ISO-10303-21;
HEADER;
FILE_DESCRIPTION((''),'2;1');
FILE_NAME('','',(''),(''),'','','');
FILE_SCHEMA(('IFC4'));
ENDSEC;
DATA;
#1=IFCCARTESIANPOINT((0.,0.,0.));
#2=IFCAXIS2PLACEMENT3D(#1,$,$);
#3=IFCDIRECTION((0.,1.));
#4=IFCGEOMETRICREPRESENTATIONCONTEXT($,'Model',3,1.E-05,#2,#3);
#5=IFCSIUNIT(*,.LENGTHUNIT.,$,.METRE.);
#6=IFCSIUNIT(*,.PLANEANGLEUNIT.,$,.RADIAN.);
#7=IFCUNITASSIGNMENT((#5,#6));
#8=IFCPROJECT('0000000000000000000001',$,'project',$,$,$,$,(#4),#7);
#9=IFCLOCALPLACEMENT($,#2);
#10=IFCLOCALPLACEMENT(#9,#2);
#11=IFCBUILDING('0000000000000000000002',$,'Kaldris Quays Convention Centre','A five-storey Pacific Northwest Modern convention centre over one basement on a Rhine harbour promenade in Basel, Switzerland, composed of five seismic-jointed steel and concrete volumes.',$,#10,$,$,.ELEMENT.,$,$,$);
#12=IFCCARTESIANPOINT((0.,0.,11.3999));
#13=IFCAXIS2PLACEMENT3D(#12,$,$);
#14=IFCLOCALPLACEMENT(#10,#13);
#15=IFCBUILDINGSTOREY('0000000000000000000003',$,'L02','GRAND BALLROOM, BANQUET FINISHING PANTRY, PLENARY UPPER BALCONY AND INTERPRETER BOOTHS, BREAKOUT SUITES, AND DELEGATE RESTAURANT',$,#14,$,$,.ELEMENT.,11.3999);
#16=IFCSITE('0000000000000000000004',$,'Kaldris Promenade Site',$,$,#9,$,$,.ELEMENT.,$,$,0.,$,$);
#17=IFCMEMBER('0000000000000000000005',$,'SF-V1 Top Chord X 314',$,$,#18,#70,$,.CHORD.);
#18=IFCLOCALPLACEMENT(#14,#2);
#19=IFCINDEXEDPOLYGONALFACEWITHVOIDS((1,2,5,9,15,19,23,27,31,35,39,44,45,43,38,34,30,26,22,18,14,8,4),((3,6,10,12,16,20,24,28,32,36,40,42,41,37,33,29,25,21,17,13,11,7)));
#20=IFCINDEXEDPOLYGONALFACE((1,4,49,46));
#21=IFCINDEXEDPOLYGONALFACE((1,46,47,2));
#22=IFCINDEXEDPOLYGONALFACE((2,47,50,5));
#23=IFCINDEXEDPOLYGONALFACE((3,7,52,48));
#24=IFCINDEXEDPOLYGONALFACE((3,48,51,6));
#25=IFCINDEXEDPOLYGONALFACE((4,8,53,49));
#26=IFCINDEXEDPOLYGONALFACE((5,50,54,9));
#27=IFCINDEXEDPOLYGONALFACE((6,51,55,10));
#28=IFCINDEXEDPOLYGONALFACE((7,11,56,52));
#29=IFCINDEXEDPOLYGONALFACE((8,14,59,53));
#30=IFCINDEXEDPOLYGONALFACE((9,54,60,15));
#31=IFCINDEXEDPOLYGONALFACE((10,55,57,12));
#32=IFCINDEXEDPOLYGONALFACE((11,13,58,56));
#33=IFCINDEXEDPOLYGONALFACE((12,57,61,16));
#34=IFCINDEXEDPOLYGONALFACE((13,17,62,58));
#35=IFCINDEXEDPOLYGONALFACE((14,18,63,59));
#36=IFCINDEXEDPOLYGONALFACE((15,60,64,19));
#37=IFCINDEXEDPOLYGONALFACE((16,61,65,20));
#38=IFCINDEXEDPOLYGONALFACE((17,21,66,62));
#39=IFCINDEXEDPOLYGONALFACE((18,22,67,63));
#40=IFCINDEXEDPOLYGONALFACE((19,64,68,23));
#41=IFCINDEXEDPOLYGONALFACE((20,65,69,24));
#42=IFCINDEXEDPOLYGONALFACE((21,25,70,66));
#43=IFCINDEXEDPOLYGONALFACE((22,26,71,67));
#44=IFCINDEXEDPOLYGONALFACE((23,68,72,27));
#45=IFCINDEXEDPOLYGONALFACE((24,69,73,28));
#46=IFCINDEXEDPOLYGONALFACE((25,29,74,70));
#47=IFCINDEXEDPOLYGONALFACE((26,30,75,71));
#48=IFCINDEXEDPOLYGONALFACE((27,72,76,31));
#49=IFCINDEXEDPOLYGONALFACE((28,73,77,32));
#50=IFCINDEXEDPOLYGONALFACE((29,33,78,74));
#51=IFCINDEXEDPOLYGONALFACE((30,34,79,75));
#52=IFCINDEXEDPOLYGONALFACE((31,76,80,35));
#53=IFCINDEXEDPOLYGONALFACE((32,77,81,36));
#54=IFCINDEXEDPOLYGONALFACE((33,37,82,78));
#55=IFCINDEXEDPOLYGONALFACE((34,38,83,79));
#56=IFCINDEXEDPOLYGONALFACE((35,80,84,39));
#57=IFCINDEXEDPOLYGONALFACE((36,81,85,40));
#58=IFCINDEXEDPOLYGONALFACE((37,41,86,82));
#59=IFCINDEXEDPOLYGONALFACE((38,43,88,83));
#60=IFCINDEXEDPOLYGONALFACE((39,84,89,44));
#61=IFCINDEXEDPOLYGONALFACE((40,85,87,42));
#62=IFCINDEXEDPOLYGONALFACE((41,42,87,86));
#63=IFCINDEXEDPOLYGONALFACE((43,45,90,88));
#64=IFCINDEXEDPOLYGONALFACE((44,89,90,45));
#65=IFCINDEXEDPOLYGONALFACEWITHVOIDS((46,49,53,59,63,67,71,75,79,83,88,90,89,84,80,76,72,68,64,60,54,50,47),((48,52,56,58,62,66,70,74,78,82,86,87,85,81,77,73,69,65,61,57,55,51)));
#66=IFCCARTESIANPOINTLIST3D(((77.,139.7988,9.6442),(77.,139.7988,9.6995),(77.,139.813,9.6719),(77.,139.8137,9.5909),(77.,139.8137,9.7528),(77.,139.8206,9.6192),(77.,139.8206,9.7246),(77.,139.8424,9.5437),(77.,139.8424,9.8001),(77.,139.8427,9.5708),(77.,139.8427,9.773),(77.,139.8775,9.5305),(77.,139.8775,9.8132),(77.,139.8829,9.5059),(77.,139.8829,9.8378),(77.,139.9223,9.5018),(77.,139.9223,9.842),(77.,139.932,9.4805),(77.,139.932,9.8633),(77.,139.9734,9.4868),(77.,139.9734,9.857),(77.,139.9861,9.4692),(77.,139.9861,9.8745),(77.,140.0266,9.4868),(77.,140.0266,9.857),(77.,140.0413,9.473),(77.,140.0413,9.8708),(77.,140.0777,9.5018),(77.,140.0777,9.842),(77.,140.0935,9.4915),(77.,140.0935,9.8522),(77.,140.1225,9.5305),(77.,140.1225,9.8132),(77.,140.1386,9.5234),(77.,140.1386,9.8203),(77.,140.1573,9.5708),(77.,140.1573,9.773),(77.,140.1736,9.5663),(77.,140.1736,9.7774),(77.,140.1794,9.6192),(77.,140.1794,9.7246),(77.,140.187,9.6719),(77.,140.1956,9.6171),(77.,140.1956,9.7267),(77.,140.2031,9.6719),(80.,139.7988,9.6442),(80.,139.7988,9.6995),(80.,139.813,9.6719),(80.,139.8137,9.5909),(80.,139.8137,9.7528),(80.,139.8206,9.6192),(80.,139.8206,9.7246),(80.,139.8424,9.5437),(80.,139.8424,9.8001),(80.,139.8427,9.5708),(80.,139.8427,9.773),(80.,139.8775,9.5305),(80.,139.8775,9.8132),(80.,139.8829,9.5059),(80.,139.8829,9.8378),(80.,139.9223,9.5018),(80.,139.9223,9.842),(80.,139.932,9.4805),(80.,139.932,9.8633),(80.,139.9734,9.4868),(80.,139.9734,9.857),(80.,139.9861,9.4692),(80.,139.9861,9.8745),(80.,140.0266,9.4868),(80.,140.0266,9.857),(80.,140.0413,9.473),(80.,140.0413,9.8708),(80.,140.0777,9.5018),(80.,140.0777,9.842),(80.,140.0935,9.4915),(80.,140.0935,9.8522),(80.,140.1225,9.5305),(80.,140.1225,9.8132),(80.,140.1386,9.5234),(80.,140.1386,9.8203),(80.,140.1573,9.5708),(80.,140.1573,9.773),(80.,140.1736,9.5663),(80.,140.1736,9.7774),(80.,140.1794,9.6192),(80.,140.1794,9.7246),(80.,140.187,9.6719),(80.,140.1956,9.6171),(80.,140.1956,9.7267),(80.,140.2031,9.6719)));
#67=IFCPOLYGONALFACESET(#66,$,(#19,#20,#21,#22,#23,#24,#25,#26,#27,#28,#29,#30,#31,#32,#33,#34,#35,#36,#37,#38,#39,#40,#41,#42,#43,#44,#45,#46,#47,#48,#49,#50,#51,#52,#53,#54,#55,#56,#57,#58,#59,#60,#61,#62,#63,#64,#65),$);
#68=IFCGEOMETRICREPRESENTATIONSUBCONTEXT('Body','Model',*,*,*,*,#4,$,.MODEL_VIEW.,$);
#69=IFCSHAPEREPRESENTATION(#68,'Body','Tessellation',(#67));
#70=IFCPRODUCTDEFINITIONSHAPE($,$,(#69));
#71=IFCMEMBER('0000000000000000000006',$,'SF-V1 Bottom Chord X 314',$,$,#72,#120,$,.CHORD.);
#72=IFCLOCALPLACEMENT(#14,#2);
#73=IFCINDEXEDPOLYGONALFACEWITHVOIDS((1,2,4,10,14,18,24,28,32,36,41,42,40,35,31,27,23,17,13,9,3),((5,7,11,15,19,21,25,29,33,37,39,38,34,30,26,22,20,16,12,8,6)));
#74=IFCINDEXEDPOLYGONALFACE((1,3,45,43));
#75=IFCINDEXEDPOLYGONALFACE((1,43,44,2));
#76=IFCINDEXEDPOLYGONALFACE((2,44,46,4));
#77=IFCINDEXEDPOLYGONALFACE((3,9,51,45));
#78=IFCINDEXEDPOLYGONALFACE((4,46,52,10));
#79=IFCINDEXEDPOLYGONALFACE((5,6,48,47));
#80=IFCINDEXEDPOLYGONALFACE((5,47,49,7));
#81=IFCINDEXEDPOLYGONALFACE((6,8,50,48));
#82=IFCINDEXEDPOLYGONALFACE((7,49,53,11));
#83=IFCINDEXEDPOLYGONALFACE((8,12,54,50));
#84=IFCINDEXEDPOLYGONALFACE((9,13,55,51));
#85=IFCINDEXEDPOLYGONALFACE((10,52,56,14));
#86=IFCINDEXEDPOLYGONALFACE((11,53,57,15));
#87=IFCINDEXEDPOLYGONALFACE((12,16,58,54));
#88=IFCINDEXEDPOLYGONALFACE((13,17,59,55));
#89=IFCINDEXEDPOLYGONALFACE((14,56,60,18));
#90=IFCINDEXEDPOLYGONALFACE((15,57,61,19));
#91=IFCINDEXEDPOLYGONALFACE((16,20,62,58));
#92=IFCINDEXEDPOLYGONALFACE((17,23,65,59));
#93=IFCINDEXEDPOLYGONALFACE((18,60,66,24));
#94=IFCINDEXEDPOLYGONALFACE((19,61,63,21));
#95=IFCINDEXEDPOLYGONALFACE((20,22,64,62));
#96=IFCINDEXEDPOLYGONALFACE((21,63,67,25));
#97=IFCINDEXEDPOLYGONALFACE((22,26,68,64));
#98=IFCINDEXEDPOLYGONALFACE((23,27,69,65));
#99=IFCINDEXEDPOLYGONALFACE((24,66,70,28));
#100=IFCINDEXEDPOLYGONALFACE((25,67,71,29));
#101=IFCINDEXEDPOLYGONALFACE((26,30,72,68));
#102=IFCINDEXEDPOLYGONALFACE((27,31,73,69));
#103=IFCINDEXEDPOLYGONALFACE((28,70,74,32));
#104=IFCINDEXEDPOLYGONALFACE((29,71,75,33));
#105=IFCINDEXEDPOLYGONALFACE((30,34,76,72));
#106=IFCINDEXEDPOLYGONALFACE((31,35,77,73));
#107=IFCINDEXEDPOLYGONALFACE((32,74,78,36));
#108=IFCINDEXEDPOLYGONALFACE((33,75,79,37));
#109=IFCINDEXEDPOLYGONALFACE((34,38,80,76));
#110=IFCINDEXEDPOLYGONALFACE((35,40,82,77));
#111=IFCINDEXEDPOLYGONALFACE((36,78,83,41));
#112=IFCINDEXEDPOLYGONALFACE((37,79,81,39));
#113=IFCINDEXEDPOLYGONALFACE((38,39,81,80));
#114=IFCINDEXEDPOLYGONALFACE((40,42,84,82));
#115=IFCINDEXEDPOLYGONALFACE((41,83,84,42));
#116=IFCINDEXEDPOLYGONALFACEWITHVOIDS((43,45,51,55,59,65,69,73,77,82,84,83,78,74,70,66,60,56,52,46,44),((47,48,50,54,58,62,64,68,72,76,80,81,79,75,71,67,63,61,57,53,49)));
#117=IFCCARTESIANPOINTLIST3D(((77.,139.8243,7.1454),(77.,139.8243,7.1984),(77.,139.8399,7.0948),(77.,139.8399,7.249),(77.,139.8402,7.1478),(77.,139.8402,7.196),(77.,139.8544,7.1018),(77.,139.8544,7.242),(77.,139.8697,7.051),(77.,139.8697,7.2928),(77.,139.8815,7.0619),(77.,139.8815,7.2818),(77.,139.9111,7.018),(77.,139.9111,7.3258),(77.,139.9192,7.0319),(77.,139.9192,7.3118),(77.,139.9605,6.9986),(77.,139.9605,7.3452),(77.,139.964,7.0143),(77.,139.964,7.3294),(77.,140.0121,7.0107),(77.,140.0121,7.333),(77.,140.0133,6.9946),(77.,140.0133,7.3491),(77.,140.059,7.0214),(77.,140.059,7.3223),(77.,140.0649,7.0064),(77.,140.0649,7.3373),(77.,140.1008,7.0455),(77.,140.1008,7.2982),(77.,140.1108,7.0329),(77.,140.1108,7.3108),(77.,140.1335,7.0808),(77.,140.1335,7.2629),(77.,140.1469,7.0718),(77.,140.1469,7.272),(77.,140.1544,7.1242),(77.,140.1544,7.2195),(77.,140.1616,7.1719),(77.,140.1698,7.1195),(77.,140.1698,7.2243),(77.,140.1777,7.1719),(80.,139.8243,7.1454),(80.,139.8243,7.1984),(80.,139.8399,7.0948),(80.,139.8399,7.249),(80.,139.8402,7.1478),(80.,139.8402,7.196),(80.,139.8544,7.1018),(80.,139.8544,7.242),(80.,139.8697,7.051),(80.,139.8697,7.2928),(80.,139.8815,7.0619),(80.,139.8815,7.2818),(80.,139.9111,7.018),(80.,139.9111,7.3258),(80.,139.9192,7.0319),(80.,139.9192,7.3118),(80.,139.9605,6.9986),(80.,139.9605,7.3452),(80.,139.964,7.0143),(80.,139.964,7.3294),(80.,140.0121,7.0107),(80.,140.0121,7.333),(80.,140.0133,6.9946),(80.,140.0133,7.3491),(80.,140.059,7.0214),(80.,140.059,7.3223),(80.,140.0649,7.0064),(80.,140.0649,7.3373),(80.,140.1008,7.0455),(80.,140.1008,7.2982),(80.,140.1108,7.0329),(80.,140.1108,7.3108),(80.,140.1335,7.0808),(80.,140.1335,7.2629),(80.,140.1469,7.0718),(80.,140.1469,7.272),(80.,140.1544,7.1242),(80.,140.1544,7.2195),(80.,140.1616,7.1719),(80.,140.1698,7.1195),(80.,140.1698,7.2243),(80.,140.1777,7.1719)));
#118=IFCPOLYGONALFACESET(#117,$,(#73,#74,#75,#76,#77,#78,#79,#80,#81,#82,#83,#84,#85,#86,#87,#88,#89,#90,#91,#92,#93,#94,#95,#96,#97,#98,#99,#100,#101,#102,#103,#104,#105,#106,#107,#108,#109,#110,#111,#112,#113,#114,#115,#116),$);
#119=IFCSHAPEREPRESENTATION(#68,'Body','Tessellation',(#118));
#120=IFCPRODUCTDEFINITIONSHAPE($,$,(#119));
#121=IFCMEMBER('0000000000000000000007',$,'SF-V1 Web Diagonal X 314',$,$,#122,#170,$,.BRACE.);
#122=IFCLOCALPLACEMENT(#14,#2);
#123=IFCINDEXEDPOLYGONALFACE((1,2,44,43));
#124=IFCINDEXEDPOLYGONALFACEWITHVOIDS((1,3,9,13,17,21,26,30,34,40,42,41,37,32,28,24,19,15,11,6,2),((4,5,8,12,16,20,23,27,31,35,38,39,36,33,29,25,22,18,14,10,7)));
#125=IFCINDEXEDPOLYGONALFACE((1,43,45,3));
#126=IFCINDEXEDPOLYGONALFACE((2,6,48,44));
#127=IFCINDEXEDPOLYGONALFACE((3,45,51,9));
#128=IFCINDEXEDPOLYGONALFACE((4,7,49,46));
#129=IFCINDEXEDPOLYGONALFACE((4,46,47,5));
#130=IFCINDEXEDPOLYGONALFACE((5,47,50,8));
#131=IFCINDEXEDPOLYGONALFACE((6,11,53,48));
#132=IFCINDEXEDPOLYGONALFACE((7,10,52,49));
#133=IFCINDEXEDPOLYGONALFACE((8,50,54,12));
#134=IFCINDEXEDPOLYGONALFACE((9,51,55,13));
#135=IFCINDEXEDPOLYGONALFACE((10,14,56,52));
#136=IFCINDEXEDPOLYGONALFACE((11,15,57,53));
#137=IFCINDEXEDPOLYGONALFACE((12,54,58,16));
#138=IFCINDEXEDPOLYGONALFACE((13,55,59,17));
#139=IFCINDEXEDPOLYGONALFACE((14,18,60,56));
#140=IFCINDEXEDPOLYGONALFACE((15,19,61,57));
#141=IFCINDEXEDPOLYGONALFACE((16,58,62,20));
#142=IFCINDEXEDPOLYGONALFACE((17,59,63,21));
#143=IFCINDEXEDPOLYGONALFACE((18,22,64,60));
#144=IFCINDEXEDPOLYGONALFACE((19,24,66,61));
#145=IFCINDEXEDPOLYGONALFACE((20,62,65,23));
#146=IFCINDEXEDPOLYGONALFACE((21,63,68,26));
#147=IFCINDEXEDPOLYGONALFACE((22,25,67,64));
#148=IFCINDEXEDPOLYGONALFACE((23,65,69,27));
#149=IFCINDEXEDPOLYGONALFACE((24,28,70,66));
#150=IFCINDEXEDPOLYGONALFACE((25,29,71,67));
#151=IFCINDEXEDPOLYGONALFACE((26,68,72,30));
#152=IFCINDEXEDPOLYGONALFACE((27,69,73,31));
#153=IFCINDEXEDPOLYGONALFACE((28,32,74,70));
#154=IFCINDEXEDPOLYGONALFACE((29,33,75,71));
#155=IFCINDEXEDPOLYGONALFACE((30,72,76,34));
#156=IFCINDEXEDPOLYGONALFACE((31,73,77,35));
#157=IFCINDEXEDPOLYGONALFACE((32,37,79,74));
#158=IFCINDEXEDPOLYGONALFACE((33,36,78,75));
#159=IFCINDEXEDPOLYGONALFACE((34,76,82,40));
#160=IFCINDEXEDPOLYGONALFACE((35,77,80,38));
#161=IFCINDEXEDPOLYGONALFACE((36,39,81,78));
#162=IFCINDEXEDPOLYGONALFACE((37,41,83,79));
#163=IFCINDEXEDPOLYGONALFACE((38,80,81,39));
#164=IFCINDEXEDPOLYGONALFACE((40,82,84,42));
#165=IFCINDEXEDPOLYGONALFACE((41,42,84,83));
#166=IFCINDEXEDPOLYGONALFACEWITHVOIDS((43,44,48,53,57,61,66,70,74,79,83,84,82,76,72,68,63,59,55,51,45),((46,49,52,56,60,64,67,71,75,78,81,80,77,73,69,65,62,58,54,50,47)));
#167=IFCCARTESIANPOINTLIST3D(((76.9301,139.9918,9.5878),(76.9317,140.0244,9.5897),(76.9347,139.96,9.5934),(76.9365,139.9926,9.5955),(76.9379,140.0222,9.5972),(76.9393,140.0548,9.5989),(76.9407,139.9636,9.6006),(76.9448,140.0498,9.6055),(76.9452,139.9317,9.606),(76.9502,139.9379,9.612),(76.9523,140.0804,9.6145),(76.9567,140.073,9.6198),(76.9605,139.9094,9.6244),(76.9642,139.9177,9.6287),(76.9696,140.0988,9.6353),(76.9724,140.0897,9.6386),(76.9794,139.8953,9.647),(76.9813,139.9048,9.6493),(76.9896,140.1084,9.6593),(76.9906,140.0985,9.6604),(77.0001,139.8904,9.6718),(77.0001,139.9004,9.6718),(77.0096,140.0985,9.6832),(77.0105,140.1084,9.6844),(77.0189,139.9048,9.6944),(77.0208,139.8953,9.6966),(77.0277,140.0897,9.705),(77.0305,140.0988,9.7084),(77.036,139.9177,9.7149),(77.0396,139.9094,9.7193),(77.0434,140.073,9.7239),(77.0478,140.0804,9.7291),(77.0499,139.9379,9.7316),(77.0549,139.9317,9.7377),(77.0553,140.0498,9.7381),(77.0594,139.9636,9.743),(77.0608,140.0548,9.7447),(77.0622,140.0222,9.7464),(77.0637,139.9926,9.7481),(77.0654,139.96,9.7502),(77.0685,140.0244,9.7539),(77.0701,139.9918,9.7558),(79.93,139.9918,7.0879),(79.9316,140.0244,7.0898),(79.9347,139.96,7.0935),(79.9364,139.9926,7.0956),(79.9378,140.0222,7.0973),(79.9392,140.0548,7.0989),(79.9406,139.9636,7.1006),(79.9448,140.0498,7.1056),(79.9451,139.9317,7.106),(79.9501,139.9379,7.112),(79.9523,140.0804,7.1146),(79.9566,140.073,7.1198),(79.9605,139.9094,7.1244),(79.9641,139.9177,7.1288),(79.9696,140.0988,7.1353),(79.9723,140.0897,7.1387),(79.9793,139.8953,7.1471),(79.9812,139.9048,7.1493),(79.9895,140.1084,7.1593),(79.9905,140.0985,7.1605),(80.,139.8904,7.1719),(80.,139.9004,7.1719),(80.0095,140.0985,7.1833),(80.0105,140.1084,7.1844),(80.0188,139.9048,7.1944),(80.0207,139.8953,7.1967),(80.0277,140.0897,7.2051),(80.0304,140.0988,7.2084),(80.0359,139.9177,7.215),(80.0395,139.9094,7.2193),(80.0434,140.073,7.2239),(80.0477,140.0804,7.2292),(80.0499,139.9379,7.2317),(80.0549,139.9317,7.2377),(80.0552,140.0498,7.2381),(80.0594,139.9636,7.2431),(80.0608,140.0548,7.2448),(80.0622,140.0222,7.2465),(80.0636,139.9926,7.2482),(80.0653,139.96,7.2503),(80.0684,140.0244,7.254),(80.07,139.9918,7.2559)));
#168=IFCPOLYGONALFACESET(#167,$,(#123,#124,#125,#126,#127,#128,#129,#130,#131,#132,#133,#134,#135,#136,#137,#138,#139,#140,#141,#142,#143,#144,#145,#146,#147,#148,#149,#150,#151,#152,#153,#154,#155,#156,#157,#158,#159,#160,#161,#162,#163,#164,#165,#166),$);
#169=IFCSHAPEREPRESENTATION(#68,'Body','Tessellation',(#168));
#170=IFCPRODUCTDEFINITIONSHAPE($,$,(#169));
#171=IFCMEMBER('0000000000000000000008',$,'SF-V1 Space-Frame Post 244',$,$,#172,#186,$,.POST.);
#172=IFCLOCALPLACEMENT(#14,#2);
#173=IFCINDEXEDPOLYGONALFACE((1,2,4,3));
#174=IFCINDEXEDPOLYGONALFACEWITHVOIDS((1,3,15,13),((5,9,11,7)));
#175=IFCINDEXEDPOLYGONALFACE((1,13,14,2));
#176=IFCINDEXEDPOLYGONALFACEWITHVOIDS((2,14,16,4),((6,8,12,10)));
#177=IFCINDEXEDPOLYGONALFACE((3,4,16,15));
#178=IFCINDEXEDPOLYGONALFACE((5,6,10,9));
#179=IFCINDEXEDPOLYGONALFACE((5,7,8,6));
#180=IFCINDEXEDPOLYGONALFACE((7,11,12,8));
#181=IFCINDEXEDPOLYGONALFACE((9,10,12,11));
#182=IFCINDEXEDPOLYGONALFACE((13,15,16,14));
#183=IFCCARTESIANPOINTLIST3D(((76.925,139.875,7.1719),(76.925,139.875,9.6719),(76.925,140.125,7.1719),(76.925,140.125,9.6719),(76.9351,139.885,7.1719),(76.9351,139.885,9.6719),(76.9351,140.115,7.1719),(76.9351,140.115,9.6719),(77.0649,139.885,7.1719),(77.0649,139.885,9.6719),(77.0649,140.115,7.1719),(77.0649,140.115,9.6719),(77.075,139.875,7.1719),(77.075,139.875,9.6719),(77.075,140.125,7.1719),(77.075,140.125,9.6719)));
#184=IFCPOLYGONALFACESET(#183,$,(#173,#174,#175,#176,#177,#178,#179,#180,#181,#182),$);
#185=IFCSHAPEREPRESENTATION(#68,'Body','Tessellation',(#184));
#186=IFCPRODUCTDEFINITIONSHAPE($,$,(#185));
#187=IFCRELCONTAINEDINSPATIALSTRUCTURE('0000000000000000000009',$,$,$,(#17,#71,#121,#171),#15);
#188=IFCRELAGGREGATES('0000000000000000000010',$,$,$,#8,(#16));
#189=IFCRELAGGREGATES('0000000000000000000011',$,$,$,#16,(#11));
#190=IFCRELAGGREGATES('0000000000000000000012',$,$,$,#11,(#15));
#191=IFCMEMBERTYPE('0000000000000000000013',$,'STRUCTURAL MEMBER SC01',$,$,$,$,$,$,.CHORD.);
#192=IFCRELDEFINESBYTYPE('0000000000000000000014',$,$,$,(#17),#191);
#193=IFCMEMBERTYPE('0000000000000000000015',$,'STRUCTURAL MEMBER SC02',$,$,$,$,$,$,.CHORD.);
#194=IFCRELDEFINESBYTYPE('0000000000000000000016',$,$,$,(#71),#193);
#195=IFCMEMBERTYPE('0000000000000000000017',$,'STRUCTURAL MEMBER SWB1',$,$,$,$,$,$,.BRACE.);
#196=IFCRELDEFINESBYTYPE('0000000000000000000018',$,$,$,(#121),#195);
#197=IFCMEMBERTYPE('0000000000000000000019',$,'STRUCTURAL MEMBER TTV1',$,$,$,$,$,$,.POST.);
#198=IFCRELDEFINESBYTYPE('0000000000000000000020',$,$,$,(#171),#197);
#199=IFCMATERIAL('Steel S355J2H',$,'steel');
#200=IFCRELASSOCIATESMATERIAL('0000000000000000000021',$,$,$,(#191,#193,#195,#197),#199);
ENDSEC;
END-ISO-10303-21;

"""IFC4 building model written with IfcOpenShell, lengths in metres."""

from ifc_helpers import new_model, si_unit, direction, frame, origin, origin_2d, place, context, subcontext, project, spatial, hollow_rectangle, hollow_circle, extrude, material, material_profile, profile_set, type_object, element, save


model = new_model("IFC4")

# Units and contexts
model_context = context("Model", 3, precision=1e-05, world=origin(), true_north=direction((0.0, 1.0)))
body_context = subcontext(model_context, "Body", "Model", "MODEL_VIEW")
ifc_project = project(units=[si_unit("LENGTHUNIT", "METRE"), si_unit("PLANEANGLEUNIT", "RADIAN")], contexts=[model_context])

# Site, building, storey
site_placement = place(None, origin())
site = spatial("IfcSite", under=ifc_project, at=site_placement, Name="Kaldris Promenade Site", CompositionType="ELEMENT", RefElevation=0.0)
building_placement = place(site_placement, origin())
building = spatial("IfcBuilding", under=site, at=building_placement, Name="Kaldris Quays Convention Centre", Description="A five-storey Pacific Northwest Modern convention centre over one basement on a Rhine harbour promenade in Basel, Switzerland, composed of five seismic-jointed steel and concrete volumes.", CompositionType="ELEMENT")
storey_placement = place(building_placement, frame((0.0, 0.0, 11.3999)))
storey = spatial("IfcBuildingStorey", under=building, at=storey_placement, Name="L02", Description="GRAND BALLROOM, BANQUET FINISHING PANTRY, PLENARY UPPER BALCONY AND INTERPRETER BOOTHS, BREAKOUT SUITES, AND DELEGATE RESTAURANT", CompositionType="ELEMENT", Elevation=11.3999)

# Members
ifc_material_1 = material(Name="Steel S355J2H", Category="steel")
ifc_material_profile_1 = material_profile(ifc_material_1, hollow_circle(Radius=0.2031, WallThickness=0.0161, at=origin_2d()), Name="CHS 406.4x16")
ifc_profile_set_1 = profile_set([ifc_material_profile_1], Name="Steel S355J2H")
member_type_1 = type_object("IfcMemberType", Name="STRUCTURAL MEMBER SC01", PredefinedType="CHORD", material=ifc_profile_set_1)
member_1_placement = place(storey_placement, frame((77.0, 140.0, 9.6719), z_axis=(1.0, 0.0, 0.0), x_axis=(0.0, 1.0, 0.0)))
element("IfcMember", 1, at=member_1_placement, inside=storey, type_object=member_type_1, Name="SF-V1 Top Chord X 314", PredefinedType="CHORD", context=body_context, shape_type="SweptSolid", body=[
    extrude(hollow_circle(Radius=0.2031, WallThickness=0.0161, at=origin_2d()), origin(), (0.0, 0.0, 1.0), 3.0),
])
ifc_material_profile_2 = material_profile(ifc_material_1, hollow_circle(Radius=0.1777, WallThickness=0.0161, at=origin_2d()), Name="CHS 355.6x16")
ifc_profile_set_2 = profile_set([ifc_material_profile_2], Name="Steel S355J2H")
member_type_2 = type_object("IfcMemberType", Name="STRUCTURAL MEMBER SC02", PredefinedType="CHORD", material=ifc_profile_set_2)
member_2_placement = place(storey_placement, frame((77.0, 140.0, 7.1719), z_axis=(1.0, 0.0, 0.0), x_axis=(0.0, 1.0, 0.0)))
element("IfcMember", 2, at=member_2_placement, inside=storey, type_object=member_type_2, Name="SF-V1 Bottom Chord X 314", PredefinedType="CHORD", context=body_context, shape_type="SweptSolid", body=[
    extrude(hollow_circle(Radius=0.1777, WallThickness=0.0161, at=origin_2d()), origin(), (0.0, 0.0, 1.0), 3.0),
])
ifc_material_profile_3 = material_profile(ifc_material_1, hollow_circle(Radius=0.1096, WallThickness=0.01, at=origin_2d()), Name="CHS 219.1x10")
ifc_profile_set_3 = profile_set([ifc_material_profile_3], Name="Steel S355J2H")
member_type_3 = type_object("IfcMemberType", Name="STRUCTURAL MEMBER SWB1", PredefinedType="BRACE", material=ifc_profile_set_3)
member_3_placement = place(storey_placement, frame((80.0, 140.0, 7.1719), z_axis=(-0.768221, 0.0, 0.640184), x_axis=(0.0, -1.0, 0.0)))
element("IfcMember", 3, at=member_3_placement, inside=storey, type_object=member_type_3, Name="SF-V1 Web Diagonal X 314", PredefinedType="BRACE", context=body_context, shape_type="SweptSolid", body=[
    extrude(hollow_circle(Radius=0.1096, WallThickness=0.01, at=origin_2d()), origin(), (0.0, 0.0, 1.0), 3.905),
])
ifc_material_profile_4 = material_profile(ifc_material_1, hollow_rectangle(XDim=0.1499, YDim=0.25, WallThickness=0.01, at=origin_2d()), Name="RHS 250x150x10")
ifc_profile_set_4 = profile_set([ifc_material_profile_4], Name="Steel S355J2H")
member_type_4 = type_object("IfcMemberType", Name="STRUCTURAL MEMBER TTV1", PredefinedType="POST", material=ifc_profile_set_4)
for number, where, z_axis, x_axis, name in (
    (4, (77.0, 140.0, 7.1719), (0.0, 0.0, 1.0), (1.0, 0.0, 0.0), "SF-V1 Space-Frame Post 244"),
):
    element("IfcMember", number, at=place(storey_placement, frame(where, z_axis=z_axis, x_axis=x_axis)), inside=storey, type_object=member_type_4, Name=name, PredefinedType="POST", context=body_context, shape_type="SweptSolid", body=[
        extrude(hollow_rectangle(XDim=0.1499, YDim=0.25, WallThickness=0.01, at=origin_2d()), origin(), (0.0, 0.0, 1.0), 2.5),
    ])

save(model, "model.ifc")
